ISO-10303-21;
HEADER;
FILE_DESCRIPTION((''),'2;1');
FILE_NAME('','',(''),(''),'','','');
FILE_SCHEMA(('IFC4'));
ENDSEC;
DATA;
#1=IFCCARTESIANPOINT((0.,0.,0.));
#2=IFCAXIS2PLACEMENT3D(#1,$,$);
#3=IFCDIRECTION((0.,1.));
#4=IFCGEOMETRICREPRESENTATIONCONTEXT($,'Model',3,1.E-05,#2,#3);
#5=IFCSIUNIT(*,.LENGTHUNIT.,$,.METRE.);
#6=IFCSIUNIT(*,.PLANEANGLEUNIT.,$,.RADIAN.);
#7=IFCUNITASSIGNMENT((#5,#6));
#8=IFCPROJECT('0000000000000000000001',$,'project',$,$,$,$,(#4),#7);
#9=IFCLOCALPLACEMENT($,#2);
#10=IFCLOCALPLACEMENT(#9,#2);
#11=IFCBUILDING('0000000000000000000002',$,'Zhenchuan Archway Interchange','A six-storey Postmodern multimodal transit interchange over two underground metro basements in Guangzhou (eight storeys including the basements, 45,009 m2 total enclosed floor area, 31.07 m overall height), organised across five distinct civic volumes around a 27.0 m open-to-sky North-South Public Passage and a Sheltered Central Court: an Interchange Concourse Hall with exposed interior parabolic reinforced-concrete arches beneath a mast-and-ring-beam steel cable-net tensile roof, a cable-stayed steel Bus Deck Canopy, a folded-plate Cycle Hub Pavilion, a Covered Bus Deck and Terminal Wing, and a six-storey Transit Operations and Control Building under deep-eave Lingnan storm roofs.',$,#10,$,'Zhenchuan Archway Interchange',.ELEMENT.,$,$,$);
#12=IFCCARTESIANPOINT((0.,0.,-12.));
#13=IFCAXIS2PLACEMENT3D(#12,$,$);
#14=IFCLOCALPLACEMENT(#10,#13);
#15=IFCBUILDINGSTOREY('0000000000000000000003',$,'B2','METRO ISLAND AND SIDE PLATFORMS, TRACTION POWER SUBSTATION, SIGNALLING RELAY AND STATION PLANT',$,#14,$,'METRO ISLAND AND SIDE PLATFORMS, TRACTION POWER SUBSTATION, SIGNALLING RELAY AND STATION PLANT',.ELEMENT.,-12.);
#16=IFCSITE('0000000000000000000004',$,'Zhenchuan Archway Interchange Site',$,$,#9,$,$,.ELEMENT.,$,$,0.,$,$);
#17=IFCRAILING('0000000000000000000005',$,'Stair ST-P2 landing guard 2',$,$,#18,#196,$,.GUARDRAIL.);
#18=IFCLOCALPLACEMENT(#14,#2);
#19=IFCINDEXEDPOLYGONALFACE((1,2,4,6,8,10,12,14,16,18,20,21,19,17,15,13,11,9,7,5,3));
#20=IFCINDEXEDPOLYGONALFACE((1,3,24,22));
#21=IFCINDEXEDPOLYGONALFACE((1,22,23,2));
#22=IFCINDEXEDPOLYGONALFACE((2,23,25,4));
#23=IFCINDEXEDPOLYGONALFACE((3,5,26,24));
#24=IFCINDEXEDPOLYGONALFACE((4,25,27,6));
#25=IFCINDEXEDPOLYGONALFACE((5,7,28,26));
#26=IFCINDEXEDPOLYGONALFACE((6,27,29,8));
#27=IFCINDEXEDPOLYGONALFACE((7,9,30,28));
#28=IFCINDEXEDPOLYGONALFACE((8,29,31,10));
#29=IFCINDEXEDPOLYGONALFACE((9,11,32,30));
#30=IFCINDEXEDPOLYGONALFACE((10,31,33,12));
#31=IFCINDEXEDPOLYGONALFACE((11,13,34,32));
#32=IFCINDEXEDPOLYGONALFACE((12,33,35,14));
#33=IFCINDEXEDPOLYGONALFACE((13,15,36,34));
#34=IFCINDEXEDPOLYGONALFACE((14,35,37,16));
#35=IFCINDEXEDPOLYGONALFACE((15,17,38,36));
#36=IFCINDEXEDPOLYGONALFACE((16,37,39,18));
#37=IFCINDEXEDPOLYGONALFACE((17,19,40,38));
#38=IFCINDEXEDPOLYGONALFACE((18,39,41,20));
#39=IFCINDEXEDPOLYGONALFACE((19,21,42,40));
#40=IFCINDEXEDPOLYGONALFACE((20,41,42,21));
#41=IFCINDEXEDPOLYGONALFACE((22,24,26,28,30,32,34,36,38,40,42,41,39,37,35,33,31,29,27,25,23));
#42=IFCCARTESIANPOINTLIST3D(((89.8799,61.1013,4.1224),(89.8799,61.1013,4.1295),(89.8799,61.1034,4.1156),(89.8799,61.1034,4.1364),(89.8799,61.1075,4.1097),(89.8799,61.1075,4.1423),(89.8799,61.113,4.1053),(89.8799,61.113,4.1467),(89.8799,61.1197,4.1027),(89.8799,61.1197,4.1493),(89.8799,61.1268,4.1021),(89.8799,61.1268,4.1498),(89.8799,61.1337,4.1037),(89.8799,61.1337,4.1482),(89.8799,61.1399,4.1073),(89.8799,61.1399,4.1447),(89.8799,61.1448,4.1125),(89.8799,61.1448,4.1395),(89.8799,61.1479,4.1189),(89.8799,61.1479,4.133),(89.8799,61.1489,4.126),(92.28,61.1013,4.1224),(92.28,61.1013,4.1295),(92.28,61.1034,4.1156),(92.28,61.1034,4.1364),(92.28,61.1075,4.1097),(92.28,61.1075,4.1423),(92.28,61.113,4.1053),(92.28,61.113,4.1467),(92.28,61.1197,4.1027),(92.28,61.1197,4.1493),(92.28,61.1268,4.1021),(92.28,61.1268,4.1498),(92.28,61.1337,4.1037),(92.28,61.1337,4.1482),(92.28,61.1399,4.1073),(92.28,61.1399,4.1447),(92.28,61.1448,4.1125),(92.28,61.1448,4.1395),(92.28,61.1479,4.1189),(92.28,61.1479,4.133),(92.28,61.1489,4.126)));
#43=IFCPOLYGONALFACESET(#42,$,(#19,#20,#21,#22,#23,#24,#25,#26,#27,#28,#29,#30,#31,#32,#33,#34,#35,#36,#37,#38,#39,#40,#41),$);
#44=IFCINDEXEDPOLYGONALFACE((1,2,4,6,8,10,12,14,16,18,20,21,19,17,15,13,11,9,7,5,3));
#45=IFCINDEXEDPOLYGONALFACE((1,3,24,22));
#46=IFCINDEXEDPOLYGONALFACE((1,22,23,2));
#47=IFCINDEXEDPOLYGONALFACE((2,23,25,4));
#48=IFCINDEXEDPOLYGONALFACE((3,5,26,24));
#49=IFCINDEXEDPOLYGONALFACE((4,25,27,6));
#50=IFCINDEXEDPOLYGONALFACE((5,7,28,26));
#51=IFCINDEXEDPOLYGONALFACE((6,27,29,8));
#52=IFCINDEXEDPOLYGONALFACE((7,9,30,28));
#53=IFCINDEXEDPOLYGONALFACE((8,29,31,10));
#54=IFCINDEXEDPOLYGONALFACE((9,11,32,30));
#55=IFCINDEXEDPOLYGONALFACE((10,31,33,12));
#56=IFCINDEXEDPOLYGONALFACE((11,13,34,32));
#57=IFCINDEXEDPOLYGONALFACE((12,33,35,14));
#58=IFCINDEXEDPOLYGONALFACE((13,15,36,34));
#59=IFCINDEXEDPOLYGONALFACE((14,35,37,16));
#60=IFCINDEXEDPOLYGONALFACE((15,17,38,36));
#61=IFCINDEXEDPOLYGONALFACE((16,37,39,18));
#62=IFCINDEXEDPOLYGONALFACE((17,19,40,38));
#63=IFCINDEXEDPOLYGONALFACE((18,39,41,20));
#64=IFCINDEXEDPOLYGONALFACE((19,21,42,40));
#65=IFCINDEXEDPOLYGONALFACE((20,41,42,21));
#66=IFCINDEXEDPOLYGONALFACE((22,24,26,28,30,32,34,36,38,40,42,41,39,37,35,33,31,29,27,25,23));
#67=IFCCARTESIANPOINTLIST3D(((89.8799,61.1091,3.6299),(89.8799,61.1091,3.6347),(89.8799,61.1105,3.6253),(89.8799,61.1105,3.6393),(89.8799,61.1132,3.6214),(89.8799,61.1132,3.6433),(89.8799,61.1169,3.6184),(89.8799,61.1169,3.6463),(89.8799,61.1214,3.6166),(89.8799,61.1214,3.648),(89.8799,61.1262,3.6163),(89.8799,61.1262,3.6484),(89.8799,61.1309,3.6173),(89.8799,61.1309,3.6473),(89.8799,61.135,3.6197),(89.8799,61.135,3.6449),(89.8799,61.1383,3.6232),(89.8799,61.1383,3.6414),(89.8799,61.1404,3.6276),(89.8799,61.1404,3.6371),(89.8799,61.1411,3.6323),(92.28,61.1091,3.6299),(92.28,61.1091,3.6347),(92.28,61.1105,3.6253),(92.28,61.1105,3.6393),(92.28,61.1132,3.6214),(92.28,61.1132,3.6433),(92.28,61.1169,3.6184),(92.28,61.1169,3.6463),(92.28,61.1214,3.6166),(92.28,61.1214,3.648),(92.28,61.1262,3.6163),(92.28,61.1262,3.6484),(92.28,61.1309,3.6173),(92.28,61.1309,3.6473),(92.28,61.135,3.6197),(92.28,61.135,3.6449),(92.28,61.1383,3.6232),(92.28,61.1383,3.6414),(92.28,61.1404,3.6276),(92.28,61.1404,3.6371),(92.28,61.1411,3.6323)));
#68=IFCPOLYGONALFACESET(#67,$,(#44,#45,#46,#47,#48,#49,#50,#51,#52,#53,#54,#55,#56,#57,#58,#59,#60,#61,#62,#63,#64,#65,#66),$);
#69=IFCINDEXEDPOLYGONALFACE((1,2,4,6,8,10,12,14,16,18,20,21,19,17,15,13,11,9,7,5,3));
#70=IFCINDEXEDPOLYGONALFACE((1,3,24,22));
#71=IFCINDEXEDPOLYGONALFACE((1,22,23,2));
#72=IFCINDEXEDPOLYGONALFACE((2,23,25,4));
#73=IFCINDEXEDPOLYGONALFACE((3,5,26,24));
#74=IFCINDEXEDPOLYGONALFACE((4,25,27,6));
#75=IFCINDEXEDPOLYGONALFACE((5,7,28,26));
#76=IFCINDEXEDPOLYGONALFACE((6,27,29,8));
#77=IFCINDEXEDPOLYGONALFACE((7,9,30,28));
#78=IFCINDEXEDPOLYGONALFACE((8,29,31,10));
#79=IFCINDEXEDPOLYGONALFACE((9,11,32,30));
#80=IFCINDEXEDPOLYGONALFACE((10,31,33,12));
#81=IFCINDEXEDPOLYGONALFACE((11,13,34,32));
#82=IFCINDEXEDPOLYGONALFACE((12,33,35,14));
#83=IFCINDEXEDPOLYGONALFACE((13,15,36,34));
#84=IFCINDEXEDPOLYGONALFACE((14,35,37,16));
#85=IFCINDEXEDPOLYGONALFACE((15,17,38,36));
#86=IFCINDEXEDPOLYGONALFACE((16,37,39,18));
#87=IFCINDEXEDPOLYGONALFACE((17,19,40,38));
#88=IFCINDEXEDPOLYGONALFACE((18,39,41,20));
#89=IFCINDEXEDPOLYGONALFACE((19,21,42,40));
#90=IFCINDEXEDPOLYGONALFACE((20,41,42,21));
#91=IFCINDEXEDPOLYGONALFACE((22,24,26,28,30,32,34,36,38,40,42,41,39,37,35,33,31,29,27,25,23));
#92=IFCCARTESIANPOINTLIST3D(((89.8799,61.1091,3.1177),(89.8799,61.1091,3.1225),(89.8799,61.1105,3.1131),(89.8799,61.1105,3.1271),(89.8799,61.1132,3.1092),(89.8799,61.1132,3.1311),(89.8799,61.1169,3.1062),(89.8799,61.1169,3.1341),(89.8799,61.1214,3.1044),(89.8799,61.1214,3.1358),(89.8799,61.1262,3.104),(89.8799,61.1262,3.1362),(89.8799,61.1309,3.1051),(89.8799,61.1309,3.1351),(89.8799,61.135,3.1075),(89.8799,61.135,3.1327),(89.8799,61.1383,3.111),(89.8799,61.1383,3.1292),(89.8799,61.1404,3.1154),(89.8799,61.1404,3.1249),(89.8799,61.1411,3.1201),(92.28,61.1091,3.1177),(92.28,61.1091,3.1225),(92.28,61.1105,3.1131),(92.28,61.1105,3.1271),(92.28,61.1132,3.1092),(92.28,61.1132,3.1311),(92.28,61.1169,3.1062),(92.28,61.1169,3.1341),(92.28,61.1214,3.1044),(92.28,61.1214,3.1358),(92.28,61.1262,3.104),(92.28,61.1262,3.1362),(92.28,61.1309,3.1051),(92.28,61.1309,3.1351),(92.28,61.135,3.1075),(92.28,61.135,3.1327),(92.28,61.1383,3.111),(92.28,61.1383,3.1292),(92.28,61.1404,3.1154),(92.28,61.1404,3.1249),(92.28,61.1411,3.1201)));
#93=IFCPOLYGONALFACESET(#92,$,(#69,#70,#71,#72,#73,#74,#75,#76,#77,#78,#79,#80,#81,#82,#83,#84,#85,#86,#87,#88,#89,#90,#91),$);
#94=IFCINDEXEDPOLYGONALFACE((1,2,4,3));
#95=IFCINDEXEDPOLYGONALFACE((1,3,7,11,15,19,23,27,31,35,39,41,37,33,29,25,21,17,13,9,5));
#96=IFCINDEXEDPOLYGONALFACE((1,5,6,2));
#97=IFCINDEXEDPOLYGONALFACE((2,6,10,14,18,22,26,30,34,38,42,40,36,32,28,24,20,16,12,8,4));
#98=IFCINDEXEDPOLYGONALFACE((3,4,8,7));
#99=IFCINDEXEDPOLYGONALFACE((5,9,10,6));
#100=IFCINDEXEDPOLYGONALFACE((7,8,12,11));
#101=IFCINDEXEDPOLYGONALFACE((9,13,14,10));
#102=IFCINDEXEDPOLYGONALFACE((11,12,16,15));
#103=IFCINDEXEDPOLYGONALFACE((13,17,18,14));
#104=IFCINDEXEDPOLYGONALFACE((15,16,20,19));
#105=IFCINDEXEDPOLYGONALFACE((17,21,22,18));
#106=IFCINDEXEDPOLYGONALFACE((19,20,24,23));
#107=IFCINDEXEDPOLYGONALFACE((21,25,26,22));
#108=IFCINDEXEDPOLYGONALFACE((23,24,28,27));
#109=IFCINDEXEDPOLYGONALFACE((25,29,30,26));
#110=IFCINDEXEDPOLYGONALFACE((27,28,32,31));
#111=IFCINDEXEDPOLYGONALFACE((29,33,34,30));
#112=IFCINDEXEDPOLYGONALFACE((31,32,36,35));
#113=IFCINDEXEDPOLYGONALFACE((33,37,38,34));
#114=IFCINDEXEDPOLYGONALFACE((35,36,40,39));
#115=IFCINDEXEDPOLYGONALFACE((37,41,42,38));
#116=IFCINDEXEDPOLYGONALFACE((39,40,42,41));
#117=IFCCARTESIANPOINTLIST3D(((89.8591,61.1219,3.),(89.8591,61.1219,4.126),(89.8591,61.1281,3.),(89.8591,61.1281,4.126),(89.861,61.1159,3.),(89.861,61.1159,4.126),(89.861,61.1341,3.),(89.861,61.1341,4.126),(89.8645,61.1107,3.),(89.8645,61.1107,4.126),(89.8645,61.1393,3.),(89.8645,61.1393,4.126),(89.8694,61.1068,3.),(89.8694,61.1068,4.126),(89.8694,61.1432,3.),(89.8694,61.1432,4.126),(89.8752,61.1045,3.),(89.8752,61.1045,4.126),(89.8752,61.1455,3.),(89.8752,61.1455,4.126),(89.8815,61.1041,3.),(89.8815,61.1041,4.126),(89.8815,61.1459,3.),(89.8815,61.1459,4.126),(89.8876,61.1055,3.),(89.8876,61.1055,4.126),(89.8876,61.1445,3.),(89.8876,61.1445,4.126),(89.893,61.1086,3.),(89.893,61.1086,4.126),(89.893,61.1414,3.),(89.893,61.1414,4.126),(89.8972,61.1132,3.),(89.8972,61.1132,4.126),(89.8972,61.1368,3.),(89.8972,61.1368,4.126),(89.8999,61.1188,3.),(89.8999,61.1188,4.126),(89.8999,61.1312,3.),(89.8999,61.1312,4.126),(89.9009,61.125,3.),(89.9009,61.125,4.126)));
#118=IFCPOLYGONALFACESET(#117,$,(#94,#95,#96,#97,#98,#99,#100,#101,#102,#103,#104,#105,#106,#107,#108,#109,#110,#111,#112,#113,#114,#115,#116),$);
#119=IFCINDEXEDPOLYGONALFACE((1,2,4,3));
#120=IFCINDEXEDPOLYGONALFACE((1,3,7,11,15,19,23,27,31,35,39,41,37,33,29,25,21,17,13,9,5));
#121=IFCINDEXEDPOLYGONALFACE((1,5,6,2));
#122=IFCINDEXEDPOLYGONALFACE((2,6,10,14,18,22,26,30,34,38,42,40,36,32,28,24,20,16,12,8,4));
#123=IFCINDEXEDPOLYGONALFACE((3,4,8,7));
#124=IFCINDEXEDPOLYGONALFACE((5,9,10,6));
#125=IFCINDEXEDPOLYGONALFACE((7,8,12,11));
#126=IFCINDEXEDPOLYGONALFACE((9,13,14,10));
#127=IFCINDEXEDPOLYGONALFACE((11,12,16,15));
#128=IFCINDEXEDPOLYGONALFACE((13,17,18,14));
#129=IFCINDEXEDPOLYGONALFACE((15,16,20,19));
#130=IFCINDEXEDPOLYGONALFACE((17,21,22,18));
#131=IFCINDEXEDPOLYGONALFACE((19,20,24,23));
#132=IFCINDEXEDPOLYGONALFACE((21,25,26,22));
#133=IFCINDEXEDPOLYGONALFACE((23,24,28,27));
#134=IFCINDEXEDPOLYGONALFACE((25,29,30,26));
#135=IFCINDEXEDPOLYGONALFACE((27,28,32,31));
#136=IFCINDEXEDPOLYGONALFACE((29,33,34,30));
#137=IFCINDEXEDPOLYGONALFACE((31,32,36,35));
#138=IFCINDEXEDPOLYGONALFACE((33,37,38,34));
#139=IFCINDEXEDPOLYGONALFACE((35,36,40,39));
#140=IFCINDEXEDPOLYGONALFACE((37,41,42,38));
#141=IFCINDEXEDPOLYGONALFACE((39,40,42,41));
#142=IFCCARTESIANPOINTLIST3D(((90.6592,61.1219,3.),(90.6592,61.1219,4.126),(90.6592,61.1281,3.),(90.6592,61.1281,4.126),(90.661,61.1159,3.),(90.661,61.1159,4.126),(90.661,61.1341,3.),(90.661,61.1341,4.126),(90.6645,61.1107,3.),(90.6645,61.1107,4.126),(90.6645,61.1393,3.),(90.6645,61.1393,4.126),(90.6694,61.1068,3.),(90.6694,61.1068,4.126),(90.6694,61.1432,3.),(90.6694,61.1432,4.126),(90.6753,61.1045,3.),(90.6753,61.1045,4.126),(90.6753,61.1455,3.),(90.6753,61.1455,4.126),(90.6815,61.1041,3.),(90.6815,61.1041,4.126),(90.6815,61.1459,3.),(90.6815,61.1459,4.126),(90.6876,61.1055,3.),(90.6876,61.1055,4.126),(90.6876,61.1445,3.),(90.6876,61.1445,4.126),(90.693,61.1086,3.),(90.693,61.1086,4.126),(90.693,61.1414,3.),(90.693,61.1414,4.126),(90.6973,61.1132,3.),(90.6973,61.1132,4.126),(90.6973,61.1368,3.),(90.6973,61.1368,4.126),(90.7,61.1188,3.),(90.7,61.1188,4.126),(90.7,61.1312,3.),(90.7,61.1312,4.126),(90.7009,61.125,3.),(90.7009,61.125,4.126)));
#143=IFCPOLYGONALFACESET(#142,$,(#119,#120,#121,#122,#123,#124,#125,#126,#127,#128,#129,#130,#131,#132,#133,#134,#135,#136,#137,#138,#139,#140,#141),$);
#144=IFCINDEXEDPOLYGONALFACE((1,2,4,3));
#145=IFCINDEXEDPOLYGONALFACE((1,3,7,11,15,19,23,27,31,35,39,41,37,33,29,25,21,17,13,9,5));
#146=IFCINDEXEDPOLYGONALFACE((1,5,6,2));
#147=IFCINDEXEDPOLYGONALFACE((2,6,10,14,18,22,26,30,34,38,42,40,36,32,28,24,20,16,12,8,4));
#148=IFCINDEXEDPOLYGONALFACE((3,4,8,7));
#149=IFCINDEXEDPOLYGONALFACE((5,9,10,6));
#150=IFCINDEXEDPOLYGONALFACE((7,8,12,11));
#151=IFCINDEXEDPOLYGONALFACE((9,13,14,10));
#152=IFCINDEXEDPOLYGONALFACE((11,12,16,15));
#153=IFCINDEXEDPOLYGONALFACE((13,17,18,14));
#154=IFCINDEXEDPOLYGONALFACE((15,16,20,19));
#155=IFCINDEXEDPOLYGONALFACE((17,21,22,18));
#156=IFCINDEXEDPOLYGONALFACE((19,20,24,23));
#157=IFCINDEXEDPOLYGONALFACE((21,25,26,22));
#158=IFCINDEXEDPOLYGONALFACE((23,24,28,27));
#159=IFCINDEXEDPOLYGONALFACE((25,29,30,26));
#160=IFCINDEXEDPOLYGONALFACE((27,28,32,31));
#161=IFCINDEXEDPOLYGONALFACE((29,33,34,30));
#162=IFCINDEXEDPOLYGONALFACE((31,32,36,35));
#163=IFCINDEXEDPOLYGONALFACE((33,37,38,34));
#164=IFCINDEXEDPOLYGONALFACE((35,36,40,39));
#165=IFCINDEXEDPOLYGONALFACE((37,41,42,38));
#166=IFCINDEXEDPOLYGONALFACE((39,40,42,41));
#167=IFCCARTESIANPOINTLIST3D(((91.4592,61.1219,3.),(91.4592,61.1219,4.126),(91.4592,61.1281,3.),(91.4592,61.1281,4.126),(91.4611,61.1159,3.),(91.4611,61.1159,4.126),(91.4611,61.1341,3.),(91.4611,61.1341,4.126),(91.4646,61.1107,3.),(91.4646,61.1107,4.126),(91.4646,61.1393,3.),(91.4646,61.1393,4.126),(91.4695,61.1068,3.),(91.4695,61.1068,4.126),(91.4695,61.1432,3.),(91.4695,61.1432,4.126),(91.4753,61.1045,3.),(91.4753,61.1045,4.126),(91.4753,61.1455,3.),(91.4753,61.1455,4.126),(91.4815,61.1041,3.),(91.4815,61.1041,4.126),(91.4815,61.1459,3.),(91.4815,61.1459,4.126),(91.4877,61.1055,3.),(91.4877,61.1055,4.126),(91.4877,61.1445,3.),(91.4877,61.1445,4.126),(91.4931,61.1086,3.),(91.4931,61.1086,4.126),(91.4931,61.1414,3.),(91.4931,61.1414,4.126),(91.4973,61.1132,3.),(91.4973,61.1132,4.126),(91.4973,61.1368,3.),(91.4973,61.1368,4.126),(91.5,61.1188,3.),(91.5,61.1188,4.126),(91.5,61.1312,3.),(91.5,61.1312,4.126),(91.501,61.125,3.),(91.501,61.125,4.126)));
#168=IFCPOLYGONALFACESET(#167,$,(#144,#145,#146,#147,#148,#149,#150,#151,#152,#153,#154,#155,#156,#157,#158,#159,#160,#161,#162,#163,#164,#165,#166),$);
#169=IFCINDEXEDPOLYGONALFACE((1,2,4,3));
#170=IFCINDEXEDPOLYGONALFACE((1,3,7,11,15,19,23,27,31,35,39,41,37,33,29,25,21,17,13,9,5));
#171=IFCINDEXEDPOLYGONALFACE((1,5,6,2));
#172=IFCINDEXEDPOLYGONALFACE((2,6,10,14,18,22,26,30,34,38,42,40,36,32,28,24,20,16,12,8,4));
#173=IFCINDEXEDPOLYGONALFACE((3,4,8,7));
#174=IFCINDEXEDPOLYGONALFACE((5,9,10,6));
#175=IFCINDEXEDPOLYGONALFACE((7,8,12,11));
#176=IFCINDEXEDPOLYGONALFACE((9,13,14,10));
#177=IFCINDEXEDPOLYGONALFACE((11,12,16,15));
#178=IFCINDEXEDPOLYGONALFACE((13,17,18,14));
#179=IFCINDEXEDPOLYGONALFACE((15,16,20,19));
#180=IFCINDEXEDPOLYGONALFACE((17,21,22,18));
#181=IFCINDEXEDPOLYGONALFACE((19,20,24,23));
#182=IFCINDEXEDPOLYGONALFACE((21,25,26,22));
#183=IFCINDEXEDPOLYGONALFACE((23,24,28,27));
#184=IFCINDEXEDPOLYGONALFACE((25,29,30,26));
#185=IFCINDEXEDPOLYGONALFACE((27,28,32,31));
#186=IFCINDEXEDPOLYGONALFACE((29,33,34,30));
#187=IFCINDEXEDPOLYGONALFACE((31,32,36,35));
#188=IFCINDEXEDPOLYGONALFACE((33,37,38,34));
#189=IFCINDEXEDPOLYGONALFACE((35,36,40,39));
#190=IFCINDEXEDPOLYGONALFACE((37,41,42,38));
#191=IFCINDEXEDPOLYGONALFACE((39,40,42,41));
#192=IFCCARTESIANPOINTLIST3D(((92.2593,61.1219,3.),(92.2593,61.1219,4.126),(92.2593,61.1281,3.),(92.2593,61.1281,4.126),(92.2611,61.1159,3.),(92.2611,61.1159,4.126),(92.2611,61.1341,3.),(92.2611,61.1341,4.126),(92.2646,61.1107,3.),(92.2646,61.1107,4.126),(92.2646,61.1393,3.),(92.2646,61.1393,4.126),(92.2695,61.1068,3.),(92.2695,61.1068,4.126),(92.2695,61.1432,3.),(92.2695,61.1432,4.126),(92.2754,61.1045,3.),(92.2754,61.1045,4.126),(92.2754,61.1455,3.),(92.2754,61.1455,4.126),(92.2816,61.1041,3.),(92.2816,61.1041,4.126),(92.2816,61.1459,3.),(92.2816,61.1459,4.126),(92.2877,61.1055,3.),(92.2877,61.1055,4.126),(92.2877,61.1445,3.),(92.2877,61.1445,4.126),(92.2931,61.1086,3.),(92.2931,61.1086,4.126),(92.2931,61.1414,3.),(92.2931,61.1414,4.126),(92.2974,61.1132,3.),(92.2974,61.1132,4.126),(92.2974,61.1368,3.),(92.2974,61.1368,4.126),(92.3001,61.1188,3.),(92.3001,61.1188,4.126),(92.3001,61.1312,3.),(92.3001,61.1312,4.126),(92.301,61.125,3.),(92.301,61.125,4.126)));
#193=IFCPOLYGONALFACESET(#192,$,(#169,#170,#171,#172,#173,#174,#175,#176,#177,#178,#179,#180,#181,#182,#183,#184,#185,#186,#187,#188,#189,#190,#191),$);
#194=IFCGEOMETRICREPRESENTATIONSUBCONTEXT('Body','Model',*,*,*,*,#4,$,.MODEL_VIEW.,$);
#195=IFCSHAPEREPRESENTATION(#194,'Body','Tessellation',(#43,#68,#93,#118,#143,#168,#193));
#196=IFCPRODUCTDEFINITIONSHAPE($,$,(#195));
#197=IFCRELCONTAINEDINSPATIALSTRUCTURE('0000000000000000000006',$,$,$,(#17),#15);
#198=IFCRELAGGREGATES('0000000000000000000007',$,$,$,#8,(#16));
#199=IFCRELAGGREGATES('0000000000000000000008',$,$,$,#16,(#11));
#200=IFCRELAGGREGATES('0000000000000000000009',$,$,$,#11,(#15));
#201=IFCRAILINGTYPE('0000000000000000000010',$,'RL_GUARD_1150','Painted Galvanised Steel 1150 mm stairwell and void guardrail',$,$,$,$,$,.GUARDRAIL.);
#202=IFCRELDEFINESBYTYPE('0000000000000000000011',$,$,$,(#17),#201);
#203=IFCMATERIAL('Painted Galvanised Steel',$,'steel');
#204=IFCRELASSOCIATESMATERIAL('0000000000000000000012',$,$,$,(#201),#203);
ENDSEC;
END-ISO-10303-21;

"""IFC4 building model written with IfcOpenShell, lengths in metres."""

from ifc_helpers import new_model, si_unit, direction, frame, origin, origin_2d, place, context, subcontext, project, spatial, circle, extrude, material, type_object, element, save


model = new_model("IFC4")

# Units and contexts
model_context = context("Model", 3, precision=1e-05, world=origin(), true_north=direction((0.0, 1.0)))
body_context = subcontext(model_context, "Body", "Model", "MODEL_VIEW")
ifc_project = project(units=[si_unit("LENGTHUNIT", "METRE"), si_unit("PLANEANGLEUNIT", "RADIAN")], contexts=[model_context])

# Site, building, storey
site_placement = place(None, origin())
site = spatial("IfcSite", under=ifc_project, at=site_placement, Name="Zhenchuan Archway Interchange Site", CompositionType="ELEMENT", RefElevation=0.0)
building_placement = place(site_placement, origin())
building = spatial("IfcBuilding", under=site, at=building_placement, Name="Zhenchuan Archway Interchange", Description="A six-storey Postmodern multimodal transit interchange over two underground metro basements in Guangzhou (eight storeys including the basements, 45,009 m2 total enclosed floor area, 31.07 m overall height), organised across five distinct civic volumes around a 27.0 m open-to-sky North-South Public Passage and a Sheltered Central Court: an Interchange Concourse Hall with exposed interior parabolic reinforced-concrete arches beneath a mast-and-ring-beam steel cable-net tensile roof, a cable-stayed steel Bus Deck Canopy, a folded-plate Cycle Hub Pavilion, a Covered Bus Deck and Terminal Wing, and a six-storey Transit Operations and Control Building under deep-eave Lingnan storm roofs.", LongName="Zhenchuan Archway Interchange", CompositionType="ELEMENT")
storey_placement = place(building_placement, frame((0.0, 0.0, -12.0)))
storey = spatial("IfcBuildingStorey", under=building, at=storey_placement, Name="B2", Description="METRO ISLAND AND SIDE PLATFORMS, TRACTION POWER SUBSTATION, SIGNALLING RELAY AND STATION PLANT", LongName="METRO ISLAND AND SIDE PLATFORMS, TRACTION POWER SUBSTATION, SIGNALLING RELAY AND STATION PLANT", CompositionType="ELEMENT", Elevation=-12.0)

# Railing
ifc_material_1 = material(Name="Painted Galvanised Steel", Category="steel")
railing_type_1 = type_object("IfcRailingType", Name="RL_GUARD_1150", Description="Painted Galvanised Steel 1150 mm stairwell and void guardrail", PredefinedType="GUARDRAIL", material=ifc_material_1)
for number, where, name in (
    (1, (89.8799, 61.125, 3.0), "Stair ST-P2 landing guard 2"),
):
    element("IfcRailing", number, at=place(storey_placement, frame(where)), inside=storey, type_object=railing_type_1, Name=name, PredefinedType="GUARDRAIL", context=body_context, shape_type="SweptSolid", body=[
        extrude(circle(Radius=0.0239, at=origin_2d()), frame((0.0, 0.0, 1.126), z_axis=(1.0, 0.0, 0.0), x_axis=(0.0, 1.0, 0.0)), (0.0, 0.0, 1.0), 2.4001),
        extrude(circle(Radius=0.0161, at=origin_2d()), frame((0.0, 0.0, 0.6323), z_axis=(1.0, 0.0, 0.0), x_axis=(0.0, 1.0, 0.0)), (0.0, 0.0, 1.0), 2.4001),
        extrude(circle(Radius=0.0161, at=origin_2d()), frame((0.0, 0.0, 0.1201), z_axis=(1.0, 0.0, 0.0), x_axis=(0.0, 1.0, 0.0)), (0.0, 0.0, 1.0), 2.4001),
        extrude(circle(Radius=0.021, at=origin_2d()), origin(), (0.0, 0.0, 1.0), 1.126),
        extrude(circle(Radius=0.021, at=origin_2d()), frame((0.8, 0.0, 0.0)), (0.0, 0.0, 1.0), 1.126),
        extrude(circle(Radius=0.021, at=origin_2d()), frame((1.6001, 0.0, 0.0)), (0.0, 0.0, 1.0), 1.126),
        extrude(circle(Radius=0.021, at=origin_2d()), frame((2.4001, 0.0, 0.0)), (0.0, 0.0, 1.0), 1.126),
    ])

save(model, "model.ifc")
